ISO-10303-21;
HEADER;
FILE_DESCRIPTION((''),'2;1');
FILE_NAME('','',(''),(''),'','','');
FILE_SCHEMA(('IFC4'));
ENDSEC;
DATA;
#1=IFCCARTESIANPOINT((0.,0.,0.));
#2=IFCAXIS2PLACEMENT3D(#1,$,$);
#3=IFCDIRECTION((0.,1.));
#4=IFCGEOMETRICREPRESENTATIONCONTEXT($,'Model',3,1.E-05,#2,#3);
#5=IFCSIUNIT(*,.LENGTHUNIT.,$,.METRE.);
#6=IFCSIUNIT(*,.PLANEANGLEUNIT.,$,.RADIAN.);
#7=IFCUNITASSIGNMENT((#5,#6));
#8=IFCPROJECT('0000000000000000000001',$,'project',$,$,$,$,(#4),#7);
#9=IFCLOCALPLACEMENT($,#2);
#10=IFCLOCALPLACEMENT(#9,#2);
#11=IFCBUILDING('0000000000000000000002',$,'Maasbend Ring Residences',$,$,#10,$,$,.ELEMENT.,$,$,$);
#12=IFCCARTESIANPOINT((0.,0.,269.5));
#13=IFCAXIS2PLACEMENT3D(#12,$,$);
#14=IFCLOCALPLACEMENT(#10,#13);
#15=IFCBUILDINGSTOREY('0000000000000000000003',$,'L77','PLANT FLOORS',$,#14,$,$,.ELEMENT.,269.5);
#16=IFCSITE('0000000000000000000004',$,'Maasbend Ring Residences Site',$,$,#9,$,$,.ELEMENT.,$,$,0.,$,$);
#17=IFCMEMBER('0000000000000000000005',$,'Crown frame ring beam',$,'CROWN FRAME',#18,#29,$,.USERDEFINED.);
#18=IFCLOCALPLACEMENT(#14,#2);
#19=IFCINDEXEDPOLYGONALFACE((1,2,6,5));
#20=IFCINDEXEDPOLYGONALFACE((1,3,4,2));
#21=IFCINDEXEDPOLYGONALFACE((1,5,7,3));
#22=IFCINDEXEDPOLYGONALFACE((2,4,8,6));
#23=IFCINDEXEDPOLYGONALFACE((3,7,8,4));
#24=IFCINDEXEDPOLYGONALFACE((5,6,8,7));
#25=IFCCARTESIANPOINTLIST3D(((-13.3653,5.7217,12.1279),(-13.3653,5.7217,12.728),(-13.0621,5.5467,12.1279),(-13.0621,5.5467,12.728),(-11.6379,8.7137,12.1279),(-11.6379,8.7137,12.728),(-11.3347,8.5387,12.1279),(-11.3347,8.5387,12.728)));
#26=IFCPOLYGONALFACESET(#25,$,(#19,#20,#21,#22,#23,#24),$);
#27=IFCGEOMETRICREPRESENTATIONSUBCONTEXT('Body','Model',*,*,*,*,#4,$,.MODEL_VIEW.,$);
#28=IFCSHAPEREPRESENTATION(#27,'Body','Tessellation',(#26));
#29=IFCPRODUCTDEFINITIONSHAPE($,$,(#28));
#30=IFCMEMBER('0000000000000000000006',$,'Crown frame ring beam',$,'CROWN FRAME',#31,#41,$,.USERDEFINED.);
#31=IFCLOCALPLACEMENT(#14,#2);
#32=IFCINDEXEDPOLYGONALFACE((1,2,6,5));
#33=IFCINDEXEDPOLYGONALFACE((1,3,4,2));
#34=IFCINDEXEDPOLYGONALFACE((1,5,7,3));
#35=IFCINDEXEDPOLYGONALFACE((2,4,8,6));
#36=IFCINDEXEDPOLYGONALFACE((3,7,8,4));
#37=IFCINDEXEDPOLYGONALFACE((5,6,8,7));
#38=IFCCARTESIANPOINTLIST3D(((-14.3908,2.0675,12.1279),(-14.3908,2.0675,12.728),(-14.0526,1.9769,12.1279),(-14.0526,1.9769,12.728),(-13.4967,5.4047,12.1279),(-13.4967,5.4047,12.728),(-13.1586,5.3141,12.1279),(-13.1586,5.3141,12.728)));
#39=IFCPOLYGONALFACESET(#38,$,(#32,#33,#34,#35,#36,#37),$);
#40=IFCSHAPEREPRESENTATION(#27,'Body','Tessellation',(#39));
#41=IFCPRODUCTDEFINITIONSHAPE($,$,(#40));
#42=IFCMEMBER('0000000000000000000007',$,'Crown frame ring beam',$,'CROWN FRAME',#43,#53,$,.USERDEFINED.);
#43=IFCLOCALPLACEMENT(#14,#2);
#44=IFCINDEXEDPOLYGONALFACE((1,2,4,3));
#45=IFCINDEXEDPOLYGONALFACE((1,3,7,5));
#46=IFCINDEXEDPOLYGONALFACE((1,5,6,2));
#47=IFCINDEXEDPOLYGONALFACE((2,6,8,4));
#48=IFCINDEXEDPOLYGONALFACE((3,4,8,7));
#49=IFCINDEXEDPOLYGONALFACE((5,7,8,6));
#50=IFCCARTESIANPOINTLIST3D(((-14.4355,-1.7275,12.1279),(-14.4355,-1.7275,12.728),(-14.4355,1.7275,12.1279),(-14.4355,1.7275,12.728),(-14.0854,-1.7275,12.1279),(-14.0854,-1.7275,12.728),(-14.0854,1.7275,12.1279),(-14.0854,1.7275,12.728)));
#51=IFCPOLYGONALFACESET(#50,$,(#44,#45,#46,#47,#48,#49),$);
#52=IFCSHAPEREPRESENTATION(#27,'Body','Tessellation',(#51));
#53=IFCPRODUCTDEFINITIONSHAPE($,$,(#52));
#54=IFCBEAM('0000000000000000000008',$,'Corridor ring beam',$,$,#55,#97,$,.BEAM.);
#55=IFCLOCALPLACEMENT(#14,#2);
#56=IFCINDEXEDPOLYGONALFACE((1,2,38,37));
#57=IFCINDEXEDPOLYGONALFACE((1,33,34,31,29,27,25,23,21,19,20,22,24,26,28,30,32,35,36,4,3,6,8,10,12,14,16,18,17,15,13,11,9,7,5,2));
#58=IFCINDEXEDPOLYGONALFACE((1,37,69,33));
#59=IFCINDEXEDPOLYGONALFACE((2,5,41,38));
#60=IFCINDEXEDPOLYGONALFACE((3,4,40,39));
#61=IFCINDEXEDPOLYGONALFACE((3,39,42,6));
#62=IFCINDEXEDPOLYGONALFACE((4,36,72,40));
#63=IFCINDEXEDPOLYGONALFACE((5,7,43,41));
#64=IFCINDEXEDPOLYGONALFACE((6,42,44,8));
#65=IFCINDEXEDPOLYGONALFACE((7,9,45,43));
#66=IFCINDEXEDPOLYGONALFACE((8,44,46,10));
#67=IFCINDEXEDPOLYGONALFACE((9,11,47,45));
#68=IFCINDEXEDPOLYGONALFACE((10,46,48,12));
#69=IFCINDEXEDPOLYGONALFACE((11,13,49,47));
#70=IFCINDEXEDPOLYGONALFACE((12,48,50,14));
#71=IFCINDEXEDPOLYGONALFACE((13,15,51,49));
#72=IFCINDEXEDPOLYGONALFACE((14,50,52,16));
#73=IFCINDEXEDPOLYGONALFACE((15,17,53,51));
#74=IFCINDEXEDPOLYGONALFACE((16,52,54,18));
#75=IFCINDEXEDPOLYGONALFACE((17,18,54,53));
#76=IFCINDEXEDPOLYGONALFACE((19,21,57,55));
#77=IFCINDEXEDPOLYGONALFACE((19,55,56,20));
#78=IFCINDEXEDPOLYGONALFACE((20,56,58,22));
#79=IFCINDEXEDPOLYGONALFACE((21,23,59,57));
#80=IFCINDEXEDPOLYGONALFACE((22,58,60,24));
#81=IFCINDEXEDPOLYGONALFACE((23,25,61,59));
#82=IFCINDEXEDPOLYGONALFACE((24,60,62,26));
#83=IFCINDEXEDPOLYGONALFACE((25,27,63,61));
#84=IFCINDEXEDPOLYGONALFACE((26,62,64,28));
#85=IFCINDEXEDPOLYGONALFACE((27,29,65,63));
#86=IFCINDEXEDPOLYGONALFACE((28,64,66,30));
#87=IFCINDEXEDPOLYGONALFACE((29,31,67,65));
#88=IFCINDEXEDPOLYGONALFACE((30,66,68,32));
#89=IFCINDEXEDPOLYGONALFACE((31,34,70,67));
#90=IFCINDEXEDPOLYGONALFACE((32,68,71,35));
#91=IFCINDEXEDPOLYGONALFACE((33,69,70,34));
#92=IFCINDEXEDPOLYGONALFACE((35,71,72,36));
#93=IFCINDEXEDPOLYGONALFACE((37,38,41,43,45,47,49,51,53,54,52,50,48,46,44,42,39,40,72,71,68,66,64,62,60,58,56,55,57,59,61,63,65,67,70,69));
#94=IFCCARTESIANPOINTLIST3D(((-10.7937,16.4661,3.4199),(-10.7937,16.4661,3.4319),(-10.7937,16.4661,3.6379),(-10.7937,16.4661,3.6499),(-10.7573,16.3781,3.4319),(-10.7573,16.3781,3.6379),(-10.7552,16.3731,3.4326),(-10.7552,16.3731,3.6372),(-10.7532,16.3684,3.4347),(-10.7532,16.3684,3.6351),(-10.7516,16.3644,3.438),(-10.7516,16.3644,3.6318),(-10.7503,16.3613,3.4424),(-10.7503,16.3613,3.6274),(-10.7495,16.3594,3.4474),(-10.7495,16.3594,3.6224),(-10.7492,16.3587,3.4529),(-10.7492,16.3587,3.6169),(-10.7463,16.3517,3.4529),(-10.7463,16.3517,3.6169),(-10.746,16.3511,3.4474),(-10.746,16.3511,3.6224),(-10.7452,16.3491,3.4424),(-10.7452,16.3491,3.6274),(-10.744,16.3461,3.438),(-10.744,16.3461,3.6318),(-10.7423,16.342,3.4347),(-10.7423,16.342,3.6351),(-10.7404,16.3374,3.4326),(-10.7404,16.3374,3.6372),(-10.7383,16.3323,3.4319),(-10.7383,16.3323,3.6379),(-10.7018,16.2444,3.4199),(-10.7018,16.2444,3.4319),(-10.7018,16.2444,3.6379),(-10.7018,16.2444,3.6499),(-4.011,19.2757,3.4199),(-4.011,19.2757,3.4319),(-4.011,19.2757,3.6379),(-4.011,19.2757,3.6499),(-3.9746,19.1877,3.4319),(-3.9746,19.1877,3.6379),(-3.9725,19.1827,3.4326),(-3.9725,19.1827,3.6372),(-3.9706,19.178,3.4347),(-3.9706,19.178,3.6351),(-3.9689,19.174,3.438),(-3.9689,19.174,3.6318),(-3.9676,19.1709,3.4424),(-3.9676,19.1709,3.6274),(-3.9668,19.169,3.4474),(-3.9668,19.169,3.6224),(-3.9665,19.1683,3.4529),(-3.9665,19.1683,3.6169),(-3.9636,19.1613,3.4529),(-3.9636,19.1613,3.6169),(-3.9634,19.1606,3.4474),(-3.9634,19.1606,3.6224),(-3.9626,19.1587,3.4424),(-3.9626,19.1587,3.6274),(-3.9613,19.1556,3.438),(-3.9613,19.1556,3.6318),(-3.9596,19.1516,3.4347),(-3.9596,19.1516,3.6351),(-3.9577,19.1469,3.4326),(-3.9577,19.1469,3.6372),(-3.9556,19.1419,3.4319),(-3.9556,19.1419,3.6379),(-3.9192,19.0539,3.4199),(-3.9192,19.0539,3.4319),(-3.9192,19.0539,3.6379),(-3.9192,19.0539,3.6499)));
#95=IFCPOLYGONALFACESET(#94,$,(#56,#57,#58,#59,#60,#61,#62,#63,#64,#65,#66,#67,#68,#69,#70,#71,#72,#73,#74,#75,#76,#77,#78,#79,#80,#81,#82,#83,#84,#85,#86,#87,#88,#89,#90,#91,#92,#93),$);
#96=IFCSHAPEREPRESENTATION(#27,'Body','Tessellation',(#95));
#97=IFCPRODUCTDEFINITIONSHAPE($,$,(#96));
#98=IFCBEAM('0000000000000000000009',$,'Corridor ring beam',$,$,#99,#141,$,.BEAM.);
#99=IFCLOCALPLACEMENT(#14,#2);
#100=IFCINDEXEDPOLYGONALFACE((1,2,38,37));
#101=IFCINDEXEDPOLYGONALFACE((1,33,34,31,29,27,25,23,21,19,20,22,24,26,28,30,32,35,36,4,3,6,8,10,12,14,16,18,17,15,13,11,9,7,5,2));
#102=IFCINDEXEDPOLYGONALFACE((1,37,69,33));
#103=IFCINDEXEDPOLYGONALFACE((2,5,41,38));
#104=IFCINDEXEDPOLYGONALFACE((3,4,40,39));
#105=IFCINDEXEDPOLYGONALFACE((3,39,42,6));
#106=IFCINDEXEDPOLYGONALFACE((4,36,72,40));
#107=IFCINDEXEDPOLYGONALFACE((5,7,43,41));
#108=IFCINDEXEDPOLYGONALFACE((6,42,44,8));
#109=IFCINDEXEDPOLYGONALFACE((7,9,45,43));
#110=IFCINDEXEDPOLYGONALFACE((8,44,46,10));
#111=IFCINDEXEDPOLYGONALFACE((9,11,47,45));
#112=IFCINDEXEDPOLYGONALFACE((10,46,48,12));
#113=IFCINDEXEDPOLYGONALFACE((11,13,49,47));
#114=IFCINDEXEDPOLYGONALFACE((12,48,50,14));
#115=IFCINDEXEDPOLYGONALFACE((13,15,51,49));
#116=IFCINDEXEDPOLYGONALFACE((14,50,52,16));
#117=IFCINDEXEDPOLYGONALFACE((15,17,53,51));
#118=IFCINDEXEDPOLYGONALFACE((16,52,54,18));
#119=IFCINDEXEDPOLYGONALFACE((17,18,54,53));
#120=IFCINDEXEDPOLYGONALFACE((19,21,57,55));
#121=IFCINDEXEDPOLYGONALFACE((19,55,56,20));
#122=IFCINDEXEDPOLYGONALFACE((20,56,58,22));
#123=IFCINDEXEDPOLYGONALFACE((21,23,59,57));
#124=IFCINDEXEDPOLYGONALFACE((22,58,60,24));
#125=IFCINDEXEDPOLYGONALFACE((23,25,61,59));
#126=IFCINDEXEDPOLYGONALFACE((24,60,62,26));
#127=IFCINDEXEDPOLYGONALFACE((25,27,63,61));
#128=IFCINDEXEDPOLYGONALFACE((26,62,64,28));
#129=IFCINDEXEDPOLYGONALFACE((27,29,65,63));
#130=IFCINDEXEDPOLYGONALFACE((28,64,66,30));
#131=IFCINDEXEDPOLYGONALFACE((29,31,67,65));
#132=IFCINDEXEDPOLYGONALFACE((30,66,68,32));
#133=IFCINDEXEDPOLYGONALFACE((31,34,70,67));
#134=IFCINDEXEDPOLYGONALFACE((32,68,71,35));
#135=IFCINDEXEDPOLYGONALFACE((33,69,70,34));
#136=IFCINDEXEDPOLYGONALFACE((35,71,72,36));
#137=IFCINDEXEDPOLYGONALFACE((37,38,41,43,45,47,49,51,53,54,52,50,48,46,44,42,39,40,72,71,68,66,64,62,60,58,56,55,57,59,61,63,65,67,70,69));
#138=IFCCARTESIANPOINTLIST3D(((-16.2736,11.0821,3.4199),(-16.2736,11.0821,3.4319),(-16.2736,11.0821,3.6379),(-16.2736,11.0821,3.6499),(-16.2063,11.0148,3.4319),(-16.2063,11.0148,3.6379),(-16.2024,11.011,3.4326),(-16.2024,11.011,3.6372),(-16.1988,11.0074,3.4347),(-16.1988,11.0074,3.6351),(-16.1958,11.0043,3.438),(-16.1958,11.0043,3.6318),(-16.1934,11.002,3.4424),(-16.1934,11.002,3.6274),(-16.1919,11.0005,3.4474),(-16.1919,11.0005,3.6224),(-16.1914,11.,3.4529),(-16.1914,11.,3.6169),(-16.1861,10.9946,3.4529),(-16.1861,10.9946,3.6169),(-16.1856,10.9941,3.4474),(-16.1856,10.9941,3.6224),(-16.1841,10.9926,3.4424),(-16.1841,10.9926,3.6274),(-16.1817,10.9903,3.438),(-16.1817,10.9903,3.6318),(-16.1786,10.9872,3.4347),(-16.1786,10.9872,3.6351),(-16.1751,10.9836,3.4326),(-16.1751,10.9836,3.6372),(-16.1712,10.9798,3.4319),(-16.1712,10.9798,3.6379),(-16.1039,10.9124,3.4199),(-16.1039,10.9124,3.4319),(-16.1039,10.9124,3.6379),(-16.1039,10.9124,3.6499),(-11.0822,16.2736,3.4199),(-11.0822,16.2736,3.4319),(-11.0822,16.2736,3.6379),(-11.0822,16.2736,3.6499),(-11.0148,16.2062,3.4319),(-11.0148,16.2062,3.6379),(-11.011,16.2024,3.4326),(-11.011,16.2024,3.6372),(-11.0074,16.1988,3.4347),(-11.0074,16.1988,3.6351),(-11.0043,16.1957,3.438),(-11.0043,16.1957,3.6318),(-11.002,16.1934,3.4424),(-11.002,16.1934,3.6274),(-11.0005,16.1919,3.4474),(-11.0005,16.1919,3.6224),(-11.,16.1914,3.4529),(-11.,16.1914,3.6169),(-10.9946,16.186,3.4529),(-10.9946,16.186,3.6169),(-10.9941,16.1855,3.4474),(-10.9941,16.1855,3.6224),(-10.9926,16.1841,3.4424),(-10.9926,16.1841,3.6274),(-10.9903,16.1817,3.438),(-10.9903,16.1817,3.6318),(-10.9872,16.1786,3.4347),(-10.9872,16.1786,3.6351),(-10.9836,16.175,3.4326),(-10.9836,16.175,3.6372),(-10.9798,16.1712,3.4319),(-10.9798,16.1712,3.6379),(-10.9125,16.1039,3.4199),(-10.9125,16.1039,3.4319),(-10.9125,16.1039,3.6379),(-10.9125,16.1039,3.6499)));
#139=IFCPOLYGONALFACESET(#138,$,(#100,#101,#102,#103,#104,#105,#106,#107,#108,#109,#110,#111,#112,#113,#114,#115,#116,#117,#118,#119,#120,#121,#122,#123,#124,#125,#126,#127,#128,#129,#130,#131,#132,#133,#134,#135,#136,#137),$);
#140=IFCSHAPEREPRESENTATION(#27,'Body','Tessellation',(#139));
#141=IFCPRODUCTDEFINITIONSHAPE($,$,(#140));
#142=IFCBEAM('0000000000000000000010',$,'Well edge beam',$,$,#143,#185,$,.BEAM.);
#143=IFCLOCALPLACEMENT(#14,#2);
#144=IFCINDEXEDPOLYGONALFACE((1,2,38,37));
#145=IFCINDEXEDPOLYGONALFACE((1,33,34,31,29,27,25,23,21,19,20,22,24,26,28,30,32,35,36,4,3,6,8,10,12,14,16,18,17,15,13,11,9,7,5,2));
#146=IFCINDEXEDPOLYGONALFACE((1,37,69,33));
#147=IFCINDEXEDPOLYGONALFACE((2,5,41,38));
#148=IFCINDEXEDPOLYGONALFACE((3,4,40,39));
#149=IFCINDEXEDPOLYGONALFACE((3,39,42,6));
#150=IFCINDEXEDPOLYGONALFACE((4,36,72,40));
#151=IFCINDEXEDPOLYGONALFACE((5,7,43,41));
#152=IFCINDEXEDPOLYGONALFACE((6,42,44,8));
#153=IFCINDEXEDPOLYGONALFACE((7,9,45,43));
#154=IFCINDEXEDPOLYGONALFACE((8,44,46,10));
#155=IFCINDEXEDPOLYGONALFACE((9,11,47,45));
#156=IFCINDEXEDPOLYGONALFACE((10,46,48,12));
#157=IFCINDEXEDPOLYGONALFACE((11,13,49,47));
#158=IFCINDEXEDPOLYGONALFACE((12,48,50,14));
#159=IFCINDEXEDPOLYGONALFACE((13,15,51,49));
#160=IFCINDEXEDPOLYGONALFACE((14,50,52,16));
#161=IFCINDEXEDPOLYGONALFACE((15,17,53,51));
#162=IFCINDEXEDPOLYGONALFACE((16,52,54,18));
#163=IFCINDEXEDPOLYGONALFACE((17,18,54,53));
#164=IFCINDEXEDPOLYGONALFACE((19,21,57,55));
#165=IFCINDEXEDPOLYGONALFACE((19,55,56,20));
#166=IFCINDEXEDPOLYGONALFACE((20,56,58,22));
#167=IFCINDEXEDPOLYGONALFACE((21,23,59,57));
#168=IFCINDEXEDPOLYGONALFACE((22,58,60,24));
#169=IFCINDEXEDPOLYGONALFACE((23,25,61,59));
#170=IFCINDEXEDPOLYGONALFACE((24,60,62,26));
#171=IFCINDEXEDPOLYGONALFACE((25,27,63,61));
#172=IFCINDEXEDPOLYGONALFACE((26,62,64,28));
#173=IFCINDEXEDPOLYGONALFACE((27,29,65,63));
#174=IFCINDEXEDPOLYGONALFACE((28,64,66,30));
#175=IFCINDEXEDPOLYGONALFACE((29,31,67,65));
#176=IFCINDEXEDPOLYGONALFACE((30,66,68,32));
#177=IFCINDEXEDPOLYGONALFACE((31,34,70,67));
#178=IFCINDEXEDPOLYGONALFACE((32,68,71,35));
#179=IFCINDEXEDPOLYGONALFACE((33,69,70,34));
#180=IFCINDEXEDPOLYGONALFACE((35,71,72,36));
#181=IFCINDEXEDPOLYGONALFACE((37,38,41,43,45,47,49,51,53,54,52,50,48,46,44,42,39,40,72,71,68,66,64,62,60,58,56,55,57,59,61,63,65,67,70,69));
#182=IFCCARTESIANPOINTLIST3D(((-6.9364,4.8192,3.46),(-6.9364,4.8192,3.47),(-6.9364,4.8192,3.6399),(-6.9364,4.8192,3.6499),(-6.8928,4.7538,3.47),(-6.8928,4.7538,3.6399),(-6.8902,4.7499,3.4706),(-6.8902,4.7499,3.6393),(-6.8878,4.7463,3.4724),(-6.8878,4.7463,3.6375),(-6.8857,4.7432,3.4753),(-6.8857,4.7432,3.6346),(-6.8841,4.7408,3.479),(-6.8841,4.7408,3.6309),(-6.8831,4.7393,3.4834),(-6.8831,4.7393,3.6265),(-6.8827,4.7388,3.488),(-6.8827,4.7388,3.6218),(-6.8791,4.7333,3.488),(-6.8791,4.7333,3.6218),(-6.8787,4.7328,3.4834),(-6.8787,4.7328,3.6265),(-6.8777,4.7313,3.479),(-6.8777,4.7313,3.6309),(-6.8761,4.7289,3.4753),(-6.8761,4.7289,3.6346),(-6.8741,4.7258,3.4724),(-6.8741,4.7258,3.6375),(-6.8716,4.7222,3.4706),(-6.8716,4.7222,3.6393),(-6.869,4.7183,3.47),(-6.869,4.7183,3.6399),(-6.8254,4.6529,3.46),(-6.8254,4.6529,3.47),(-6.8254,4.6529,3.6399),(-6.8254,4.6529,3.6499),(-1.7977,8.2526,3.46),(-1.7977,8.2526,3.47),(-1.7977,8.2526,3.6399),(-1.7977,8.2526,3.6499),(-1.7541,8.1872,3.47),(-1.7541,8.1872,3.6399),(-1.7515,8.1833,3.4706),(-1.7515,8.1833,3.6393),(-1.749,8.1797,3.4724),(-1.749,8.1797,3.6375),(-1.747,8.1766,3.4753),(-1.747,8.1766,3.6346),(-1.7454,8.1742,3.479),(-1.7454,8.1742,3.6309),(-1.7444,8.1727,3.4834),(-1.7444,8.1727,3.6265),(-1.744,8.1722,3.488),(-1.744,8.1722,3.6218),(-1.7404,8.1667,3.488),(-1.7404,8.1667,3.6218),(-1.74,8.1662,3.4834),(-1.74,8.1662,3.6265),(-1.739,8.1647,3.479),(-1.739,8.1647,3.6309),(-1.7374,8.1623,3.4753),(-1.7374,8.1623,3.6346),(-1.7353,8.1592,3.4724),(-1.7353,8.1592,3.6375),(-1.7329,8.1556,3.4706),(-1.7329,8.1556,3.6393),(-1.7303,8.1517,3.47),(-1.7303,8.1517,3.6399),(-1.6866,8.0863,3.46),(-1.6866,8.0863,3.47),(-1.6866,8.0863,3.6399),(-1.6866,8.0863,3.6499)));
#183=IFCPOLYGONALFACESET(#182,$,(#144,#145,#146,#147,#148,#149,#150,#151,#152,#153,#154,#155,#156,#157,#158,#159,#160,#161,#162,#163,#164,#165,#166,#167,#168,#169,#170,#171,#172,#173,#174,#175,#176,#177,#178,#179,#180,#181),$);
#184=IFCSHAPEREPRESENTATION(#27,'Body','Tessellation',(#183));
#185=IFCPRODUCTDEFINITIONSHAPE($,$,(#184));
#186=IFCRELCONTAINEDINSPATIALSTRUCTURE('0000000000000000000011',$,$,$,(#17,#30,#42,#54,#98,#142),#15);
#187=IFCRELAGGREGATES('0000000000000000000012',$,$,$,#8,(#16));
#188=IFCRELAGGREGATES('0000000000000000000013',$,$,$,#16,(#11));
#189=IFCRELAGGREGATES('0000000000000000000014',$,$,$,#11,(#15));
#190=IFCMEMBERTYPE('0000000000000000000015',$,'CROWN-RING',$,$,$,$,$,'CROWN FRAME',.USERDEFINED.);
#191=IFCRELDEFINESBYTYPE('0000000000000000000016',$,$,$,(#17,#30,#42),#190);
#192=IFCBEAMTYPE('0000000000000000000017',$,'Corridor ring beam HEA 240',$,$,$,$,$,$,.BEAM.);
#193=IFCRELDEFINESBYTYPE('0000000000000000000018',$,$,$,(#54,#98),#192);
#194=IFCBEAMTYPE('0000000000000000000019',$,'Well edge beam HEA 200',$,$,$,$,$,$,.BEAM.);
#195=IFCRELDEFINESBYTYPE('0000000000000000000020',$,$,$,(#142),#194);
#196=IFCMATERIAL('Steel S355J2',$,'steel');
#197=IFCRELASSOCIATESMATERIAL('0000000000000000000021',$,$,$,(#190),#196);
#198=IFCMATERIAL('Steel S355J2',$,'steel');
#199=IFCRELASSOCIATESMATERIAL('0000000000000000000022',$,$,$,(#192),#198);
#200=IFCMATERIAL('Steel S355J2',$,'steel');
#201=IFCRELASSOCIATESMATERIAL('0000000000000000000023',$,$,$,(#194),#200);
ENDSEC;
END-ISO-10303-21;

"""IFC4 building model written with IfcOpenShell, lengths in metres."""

from ifc_helpers import new_model, si_unit, direction, frame, origin, origin_2d, place, context, subcontext, project, spatial, rectangle, i_section, extrude, material, material_profile, profile_set, type_object, element, save


model = new_model("IFC4")

# Units and contexts
model_context = context("Model", 3, precision=1e-05, world=origin(), true_north=direction((0.0, 1.0)))
body_context = subcontext(model_context, "Body", "Model", "MODEL_VIEW")
ifc_project = project(units=[si_unit("LENGTHUNIT", "METRE"), si_unit("PLANEANGLEUNIT", "RADIAN")], contexts=[model_context])

# Site, building, storey
site_placement = place(None, origin())
site = spatial("IfcSite", under=ifc_project, at=site_placement, Name="Maasbend Ring Residences Site", CompositionType="ELEMENT", RefElevation=0.0)
building_placement = place(site_placement, origin())
building = spatial("IfcBuilding", under=site, at=building_placement, Name="Maasbend Ring Residences", CompositionType="ELEMENT")
storey_placement = place(building_placement, frame((0.0, 0.0, 269.5)))
storey = spatial("IfcBuildingStorey", under=building, at=storey_placement, Name="L77", Description="PLANT FLOORS", CompositionType="ELEMENT", Elevation=269.5)

# Members
ifc_material_1 = material(Name="Steel S355J2", Category="steel")
ifc_material_profile_1 = material_profile(ifc_material_1, rectangle(XDim=0.3501, YDim=0.6001, at=origin_2d()), Name="Box 350x600x16")
ifc_profile_set_1 = profile_set([ifc_material_profile_1], Name="Steel S355J2")
member_type_1 = type_object("IfcMemberType", Name="CROWN-RING", ElementType="CROWN FRAME", PredefinedType="USERDEFINED", material=ifc_profile_set_1)
for number, where, z_axis, x_axis, name in (
    (1, (-11.4863, 8.6262, 12.428), (-0.499977, -0.866038, 0.0), (0.866038, -0.499977, 0.0), "Crown frame ring beam"),
    (2, (-13.3276, 5.3594, 12.428), (-0.25878, -0.965936, 0.0), (0.965936, -0.25878, 0.0), "Crown frame ring beam"),
):
    element("IfcMember", number, at=place(storey_placement, frame(where, z_axis=z_axis, x_axis=x_axis)), inside=storey, type_object=member_type_1, Name=name, ObjectType="CROWN FRAME", PredefinedType="USERDEFINED", context=body_context, shape_type="SweptSolid", body=[
        extrude(rectangle(XDim=0.3501, YDim=0.6001, at=origin_2d()), origin(), (0.0, 0.0, 1.0), 3.4548),
    ])
member_1_placement = place(storey_placement, frame((-14.2605, 1.7275, 12.428), z_axis=(0.0, -1.0, 0.0), x_axis=(1.0, 0.0, 0.0)))
element("IfcMember", 3, at=member_1_placement, inside=storey, type_object=member_type_1, Name="Crown frame ring beam", ObjectType="CROWN FRAME", PredefinedType="USERDEFINED", context=body_context, shape_type="SweptSolid", body=[
    extrude(rectangle(XDim=0.3501, YDim=0.6001, at=origin_2d()), origin(), (0.0, 0.0, 1.0), 3.4551),
])

# Beams
ifc_material_2 = material(Name="Steel S355J2", Category="steel")
ifc_material_profile_2 = material_profile(ifc_material_2, i_section(OverallWidth=0.24, OverallDepth=0.23, WebThickness=0.0076, FlangeThickness=0.012, FilletRadius=0.021, at=origin_2d()), Name="HEA 240")
ifc_profile_set_2 = profile_set([ifc_material_profile_2], Name="Steel S355J2")
beam_type_1 = type_object("IfcBeamType", Name="Corridor ring beam HEA 240", PredefinedType="BEAM", material=ifc_profile_set_2)
beam_1_placement = place(storey_placement, frame((-3.9651, 19.1648, 3.5349), z_axis=(-0.923876, -0.382692, 0.0), x_axis=(0.382692, -0.923876, 0.0)))
element("IfcBeam", 4, at=beam_1_placement, inside=storey, type_object=beam_type_1, Name="Corridor ring beam", PredefinedType="BEAM", context=body_context, shape_type="SweptSolid", body=[
    extrude(i_section(OverallWidth=0.24, OverallDepth=0.23, WebThickness=0.0076, FlangeThickness=0.012, FilletRadius=0.021, at=origin_2d()), origin(), (0.0, 0.0, 1.0), 7.3416),
])
beam_2_placement = place(storey_placement, frame((-10.9973, 16.1887, 3.5349), z_axis=(-0.707107, -0.707107, 0.0), x_axis=(0.707107, -0.707107, 0.0)))
element("IfcBeam", 5, at=beam_2_placement, inside=storey, type_object=beam_type_1, Name="Corridor ring beam", PredefinedType="BEAM", context=body_context, shape_type="SweptSolid", body=[
    extrude(i_section(OverallWidth=0.24, OverallDepth=0.23, WebThickness=0.0076, FlangeThickness=0.012, FilletRadius=0.021, at=origin_2d()), origin(), (0.0, 0.0, 1.0), 7.3418),
])
ifc_material_3 = material(Name="Steel S355J2", Category="steel")
ifc_material_profile_3 = material_profile(ifc_material_3, i_section(OverallWidth=0.2, OverallDepth=0.1899, WebThickness=0.0066, FlangeThickness=0.01, FilletRadius=0.0181, at=origin_2d()), Name="HEA 200")
ifc_profile_set_3 = profile_set([ifc_material_profile_3], Name="Steel S355J2")
beam_type_2 = type_object("IfcBeamType", Name="Well edge beam HEA 200", PredefinedType="BEAM", material=ifc_profile_set_3)
beam_3_placement = place(storey_placement, frame((-1.7422, 8.1694, 3.5549), z_axis=(-0.831485, -0.555548, 0.0), x_axis=(0.555548, -0.831485, 0.0)))
element("IfcBeam", 6, at=beam_3_placement, inside=storey, type_object=beam_type_2, Name="Well edge beam", PredefinedType="BEAM", context=body_context, shape_type="SweptSolid", body=[
    extrude(i_section(OverallWidth=0.2, OverallDepth=0.1899, WebThickness=0.0066, FlangeThickness=0.01, FilletRadius=0.0181, at=origin_2d()), origin(), (0.0, 0.0, 1.0), 6.1802),
])

save(model, "model.ifc")
